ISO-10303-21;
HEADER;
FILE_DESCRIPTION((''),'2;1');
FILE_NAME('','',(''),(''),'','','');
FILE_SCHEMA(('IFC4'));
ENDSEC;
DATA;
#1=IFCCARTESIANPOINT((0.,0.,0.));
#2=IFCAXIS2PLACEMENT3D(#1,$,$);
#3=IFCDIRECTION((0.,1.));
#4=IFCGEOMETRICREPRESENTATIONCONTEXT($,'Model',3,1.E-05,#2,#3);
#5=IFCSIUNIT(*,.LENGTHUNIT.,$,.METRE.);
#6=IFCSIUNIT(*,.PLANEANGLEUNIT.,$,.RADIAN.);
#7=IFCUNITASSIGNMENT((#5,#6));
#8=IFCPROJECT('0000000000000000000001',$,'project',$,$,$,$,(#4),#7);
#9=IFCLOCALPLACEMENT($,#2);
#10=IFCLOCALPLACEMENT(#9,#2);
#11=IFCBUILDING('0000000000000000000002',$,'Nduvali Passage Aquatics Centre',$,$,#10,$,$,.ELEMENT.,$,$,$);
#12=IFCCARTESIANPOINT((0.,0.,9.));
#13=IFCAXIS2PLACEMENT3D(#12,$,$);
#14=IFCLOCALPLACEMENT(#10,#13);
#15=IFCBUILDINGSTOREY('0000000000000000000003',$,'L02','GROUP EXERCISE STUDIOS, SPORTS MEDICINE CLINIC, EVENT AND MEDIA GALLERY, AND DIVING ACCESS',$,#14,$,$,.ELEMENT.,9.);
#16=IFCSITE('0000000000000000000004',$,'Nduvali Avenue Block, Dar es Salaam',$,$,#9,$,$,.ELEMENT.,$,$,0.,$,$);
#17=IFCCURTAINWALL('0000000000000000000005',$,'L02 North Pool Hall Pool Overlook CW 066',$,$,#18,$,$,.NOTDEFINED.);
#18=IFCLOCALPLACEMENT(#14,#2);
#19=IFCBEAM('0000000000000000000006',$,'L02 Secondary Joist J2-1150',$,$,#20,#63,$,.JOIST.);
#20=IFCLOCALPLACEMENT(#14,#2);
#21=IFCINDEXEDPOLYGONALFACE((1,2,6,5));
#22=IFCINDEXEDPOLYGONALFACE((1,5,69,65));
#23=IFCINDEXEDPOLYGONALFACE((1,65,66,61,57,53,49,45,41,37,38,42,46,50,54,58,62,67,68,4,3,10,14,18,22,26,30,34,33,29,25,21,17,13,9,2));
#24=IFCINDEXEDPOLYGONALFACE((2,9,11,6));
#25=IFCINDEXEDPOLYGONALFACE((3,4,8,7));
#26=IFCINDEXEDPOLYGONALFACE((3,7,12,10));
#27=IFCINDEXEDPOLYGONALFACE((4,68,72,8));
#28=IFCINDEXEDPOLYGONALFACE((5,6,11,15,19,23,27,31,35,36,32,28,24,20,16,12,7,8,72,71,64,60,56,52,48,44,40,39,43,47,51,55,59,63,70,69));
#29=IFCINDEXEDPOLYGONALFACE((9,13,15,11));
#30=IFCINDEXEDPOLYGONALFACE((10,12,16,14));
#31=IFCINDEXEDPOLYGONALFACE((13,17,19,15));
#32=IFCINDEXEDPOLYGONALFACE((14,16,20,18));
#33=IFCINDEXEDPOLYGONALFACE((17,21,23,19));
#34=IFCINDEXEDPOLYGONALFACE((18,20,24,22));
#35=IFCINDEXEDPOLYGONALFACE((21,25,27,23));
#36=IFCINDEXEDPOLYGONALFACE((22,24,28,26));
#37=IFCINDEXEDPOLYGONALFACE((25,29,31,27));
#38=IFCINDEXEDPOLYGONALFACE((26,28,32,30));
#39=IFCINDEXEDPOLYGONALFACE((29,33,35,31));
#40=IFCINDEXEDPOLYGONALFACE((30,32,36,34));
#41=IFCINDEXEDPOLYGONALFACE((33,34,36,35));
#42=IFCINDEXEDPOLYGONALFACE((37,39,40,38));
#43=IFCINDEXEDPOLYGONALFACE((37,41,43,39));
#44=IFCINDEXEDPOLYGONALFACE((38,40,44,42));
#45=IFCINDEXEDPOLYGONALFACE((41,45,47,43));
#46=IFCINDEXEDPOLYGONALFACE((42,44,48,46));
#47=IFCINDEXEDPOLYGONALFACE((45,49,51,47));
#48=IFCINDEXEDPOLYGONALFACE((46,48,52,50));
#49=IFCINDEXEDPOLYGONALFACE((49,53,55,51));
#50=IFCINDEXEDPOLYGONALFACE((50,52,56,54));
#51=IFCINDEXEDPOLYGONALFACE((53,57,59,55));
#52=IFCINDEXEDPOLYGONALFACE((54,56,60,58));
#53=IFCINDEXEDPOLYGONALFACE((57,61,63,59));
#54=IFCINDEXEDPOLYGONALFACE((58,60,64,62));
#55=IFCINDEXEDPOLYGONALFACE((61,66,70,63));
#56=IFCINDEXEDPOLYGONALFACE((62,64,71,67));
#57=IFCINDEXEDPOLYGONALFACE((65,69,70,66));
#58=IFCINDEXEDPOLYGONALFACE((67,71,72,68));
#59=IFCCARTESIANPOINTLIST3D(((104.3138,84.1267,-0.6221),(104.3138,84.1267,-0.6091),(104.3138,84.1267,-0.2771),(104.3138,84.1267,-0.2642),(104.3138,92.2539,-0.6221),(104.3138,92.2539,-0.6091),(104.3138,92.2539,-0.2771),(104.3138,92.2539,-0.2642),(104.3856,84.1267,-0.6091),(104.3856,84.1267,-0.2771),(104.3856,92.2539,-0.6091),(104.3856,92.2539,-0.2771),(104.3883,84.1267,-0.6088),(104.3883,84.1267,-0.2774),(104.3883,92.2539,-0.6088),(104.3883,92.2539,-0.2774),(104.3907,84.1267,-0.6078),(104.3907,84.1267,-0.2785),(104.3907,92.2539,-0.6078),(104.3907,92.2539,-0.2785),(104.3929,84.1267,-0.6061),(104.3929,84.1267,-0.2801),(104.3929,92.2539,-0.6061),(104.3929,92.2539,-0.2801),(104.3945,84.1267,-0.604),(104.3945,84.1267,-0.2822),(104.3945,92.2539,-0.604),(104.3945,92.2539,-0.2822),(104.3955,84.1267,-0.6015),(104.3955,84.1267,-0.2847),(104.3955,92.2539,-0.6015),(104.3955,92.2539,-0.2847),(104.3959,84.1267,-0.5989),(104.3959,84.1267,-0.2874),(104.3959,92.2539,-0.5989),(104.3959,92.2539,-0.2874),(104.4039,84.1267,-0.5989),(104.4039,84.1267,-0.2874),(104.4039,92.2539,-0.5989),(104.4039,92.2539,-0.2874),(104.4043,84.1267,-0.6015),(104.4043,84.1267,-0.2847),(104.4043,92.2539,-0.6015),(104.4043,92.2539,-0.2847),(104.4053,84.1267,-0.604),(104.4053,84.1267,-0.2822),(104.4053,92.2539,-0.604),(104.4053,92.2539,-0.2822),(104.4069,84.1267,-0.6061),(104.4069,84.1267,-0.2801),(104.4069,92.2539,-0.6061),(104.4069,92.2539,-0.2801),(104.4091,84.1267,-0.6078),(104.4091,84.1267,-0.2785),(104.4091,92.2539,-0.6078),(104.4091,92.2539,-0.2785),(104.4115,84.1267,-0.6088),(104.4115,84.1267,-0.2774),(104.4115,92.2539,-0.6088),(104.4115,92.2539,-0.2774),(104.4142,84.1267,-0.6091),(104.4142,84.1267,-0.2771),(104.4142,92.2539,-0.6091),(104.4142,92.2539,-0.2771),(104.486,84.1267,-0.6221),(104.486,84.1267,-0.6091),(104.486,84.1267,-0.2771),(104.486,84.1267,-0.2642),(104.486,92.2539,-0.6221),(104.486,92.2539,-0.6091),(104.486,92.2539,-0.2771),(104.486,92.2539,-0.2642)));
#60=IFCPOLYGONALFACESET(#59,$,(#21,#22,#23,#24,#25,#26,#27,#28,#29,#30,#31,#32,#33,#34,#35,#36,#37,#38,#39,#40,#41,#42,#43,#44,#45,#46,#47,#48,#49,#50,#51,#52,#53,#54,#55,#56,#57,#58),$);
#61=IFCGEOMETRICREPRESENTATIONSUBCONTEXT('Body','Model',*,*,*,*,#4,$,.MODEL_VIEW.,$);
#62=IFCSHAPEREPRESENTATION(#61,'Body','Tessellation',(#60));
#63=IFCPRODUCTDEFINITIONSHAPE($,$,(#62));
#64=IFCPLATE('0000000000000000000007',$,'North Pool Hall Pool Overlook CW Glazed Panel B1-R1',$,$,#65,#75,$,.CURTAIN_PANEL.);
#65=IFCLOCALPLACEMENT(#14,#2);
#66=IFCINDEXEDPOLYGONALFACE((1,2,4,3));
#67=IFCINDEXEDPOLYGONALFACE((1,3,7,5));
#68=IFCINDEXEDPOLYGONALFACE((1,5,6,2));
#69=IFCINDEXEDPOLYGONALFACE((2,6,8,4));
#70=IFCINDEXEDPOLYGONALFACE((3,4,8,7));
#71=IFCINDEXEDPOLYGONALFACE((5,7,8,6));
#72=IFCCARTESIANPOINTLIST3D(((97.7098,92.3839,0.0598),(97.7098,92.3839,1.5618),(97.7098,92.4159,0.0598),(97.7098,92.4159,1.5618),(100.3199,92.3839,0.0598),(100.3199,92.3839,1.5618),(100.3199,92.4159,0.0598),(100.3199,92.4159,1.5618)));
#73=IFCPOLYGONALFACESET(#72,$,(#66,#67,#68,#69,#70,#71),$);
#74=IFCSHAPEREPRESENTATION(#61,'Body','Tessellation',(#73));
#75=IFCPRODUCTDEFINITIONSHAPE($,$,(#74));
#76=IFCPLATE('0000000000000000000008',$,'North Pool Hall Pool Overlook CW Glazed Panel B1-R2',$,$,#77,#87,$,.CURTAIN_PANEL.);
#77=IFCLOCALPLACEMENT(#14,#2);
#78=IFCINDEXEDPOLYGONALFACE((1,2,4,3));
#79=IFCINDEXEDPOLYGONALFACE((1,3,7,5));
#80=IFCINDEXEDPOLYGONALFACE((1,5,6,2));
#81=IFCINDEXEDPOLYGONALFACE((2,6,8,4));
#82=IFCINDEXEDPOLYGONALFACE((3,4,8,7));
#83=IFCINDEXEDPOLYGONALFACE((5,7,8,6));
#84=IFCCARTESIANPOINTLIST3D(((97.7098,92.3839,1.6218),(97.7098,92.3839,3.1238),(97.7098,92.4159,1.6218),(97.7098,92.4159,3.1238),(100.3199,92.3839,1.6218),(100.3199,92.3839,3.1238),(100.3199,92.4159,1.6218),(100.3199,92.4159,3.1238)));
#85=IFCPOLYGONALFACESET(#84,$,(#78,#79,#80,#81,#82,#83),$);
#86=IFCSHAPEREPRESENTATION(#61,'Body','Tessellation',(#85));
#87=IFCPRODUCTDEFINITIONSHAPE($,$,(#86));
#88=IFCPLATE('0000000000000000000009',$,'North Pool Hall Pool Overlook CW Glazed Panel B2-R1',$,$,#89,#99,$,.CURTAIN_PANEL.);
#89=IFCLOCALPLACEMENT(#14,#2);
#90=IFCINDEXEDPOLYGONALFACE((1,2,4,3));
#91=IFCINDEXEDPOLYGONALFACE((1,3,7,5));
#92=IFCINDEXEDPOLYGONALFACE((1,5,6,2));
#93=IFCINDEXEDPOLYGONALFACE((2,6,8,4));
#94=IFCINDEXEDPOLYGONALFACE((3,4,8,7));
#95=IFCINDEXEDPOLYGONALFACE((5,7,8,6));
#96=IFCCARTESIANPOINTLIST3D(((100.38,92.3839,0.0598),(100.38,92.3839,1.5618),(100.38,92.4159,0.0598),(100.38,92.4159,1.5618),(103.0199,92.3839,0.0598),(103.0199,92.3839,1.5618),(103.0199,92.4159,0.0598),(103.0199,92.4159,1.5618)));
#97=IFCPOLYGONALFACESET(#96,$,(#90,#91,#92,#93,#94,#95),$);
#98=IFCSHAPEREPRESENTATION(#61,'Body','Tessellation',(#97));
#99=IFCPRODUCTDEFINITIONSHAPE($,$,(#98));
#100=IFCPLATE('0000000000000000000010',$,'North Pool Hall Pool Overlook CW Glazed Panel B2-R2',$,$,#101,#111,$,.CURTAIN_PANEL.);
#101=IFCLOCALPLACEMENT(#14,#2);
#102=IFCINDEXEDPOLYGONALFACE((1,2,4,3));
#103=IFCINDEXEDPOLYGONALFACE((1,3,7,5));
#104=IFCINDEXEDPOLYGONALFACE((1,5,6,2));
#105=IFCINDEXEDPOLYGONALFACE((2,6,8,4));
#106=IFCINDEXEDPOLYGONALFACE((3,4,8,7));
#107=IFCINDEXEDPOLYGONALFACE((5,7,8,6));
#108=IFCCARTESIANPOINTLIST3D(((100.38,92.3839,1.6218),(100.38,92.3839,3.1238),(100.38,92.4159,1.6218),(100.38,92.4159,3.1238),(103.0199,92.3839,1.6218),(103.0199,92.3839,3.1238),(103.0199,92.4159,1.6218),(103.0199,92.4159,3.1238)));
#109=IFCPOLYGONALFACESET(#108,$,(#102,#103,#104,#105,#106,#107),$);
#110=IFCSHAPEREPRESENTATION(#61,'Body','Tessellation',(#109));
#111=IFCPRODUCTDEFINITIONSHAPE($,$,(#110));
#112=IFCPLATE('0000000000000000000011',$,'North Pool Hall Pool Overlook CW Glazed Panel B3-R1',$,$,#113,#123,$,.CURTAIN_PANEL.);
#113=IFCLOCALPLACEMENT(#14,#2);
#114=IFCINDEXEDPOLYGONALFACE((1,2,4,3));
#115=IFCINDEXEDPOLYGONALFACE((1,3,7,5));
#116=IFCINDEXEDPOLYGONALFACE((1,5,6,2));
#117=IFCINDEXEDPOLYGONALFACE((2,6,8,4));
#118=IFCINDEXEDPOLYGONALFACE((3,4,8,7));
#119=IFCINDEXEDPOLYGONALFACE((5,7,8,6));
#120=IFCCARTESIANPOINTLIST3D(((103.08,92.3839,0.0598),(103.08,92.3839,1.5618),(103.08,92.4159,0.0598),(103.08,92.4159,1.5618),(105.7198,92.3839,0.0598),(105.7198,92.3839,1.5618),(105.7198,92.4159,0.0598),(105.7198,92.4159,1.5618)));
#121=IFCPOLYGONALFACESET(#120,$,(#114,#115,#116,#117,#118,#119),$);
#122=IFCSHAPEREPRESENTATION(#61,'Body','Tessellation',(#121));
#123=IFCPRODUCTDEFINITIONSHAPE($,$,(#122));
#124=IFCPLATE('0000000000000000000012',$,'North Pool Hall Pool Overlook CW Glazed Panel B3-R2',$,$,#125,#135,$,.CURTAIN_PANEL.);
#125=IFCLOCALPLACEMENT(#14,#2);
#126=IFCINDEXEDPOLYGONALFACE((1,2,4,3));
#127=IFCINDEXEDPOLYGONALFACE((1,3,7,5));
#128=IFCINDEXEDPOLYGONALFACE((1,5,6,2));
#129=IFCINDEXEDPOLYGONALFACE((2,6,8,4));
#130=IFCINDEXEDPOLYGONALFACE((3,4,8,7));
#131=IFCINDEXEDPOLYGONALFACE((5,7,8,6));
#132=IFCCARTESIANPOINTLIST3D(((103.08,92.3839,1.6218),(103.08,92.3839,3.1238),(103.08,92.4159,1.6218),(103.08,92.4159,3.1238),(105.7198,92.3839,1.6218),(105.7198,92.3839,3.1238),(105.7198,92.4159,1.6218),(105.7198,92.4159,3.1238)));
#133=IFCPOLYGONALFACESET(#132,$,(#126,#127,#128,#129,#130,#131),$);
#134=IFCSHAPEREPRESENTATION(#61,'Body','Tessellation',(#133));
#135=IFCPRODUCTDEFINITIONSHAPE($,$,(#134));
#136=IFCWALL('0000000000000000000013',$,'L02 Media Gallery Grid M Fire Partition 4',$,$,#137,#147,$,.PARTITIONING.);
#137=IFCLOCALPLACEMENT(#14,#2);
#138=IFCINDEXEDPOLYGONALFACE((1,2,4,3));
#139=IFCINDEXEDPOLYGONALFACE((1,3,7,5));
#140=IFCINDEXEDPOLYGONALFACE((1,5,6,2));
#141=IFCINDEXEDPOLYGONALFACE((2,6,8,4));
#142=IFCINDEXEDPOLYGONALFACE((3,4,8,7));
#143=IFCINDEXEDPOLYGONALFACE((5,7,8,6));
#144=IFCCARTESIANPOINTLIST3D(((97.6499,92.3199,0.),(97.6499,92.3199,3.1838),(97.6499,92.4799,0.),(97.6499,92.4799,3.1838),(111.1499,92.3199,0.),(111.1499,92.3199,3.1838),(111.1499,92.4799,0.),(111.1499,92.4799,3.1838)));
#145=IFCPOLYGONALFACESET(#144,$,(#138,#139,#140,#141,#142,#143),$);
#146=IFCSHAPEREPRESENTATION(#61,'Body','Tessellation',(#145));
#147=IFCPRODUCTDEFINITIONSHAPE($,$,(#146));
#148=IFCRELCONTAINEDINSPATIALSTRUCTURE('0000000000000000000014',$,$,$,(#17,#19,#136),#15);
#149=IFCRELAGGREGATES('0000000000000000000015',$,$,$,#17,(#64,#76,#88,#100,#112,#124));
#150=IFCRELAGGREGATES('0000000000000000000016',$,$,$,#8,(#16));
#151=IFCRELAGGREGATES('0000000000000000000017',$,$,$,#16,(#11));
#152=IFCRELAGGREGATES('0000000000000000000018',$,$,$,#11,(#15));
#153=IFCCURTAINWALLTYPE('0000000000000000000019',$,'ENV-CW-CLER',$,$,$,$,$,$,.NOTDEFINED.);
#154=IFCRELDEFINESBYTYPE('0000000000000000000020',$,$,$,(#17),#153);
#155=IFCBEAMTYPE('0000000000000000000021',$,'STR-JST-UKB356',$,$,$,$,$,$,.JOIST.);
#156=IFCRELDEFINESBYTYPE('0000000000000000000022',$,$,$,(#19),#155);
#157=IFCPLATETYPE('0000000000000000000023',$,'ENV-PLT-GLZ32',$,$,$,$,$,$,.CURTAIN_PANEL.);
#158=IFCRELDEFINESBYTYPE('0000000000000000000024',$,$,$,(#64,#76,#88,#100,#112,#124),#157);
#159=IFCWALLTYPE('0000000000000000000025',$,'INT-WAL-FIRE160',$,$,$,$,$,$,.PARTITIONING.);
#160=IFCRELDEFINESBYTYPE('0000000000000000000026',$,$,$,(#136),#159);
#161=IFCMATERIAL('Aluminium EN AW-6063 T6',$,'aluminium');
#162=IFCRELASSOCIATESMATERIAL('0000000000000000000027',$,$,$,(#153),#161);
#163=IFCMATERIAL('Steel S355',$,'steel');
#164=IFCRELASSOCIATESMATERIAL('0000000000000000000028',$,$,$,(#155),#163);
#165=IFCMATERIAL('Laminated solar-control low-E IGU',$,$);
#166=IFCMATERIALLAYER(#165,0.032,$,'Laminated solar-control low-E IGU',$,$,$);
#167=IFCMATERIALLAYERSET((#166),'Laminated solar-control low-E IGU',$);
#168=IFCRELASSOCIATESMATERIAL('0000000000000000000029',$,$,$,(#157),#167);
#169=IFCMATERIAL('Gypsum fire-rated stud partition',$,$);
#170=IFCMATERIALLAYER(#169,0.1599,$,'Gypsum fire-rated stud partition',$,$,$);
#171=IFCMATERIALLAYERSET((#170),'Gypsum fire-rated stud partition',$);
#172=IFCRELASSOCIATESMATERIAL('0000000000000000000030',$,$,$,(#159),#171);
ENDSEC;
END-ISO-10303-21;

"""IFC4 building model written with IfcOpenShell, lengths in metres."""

from ifc_helpers import new_model, si_unit, direction, frame, frame_2d, origin, origin_2d, place, context, subcontext, project, spatial, rectangle, i_section, extrude, material, layer, layer_set, material_profile, profile_set, type_object, element, aggregate, save


model = new_model("IFC4")

# Units and contexts
model_context = context("Model", 3, precision=1e-05, world=origin(), true_north=direction((0.0, 1.0)))
body_context = subcontext(model_context, "Body", "Model", "MODEL_VIEW")
ifc_project = project(units=[si_unit("LENGTHUNIT", "METRE"), si_unit("PLANEANGLEUNIT", "RADIAN")], contexts=[model_context])

# Site, building, storey
site_placement = place(None, origin())
site = spatial("IfcSite", under=ifc_project, at=site_placement, Name="Nduvali Avenue Block, Dar es Salaam", CompositionType="ELEMENT", RefElevation=0.0)
building_placement = place(site_placement, origin())
building = spatial("IfcBuilding", under=site, at=building_placement, Name="Nduvali Passage Aquatics Centre", CompositionType="ELEMENT")
storey_placement = place(building_placement, frame((0.0, 0.0, 9.0)))
storey = spatial("IfcBuildingStorey", under=building, at=storey_placement, Name="L02", Description="GROUP EXERCISE STUDIOS, SPORTS MEDICINE CLINIC, EVENT AND MEDIA GALLERY, AND DIVING ACCESS", CompositionType="ELEMENT", Elevation=9.0)

# Curtain wall
ifc_material_1 = material(Name="Aluminium EN AW-6063 T6", Category="aluminium")
curtain_wall_type = type_object("IfcCurtainWallType", Name="ENV-CW-CLER", PredefinedType="NOTDEFINED", material=ifc_material_1)
curtain_wall_placement = place(storey_placement, origin())
curtain_wall = element("IfcCurtainWall", 1, at=curtain_wall_placement, inside=storey, type_object=curtain_wall_type, Name="L02 North Pool Hall Pool Overlook CW 066", PredefinedType="NOTDEFINED")

# Beam
ifc_material_2 = material(Name="Steel S355", Category="steel")
ifc_material_profile_1 = material_profile(ifc_material_2, i_section(OverallWidth=0.1721, OverallDepth=0.3579, WebThickness=0.0081, FlangeThickness=0.0129, FilletRadius=0.0103, at=origin_2d()), Name="UKB 356x171x57")
ifc_profile_set_1 = profile_set([ifc_material_profile_1], Name="Steel S355")
beam_type_1 = type_object("IfcBeamType", Name="STR-JST-UKB356", PredefinedType="JOIST", material=ifc_profile_set_1)
for number, where, z_axis, x_axis, name in (
    (2, (104.3999, 84.1267, -0.4431), (0.0, 1.0, 0.0), (-1.0, 0.0, 0.0), "L02 Secondary Joist J2-1150"),
):
    element("IfcBeam", number, at=place(storey_placement, frame(where, z_axis=z_axis, x_axis=x_axis)), inside=storey, type_object=beam_type_1, Name=name, PredefinedType="JOIST", context=body_context, shape_type="SweptSolid", body=[
        extrude(i_section(OverallWidth=0.1721, OverallDepth=0.3579, WebThickness=0.0081, FlangeThickness=0.0129, FilletRadius=0.0103, at=origin_2d()), origin(), (0.0, 0.0, 1.0), 8.1272),
    ])

# Plates
ifc_material_3 = material(Name="Laminated solar-control low-E IGU")
ifc_layer_1 = layer(ifc_material_3, 0.032, Name="Laminated solar-control low-E IGU")
ifc_layer_set_1 = layer_set([ifc_layer_1], Name="Laminated solar-control low-E IGU")
plate_type = type_object("IfcPlateType", Name="ENV-PLT-GLZ32", PredefinedType="CURTAIN_PANEL", material=ifc_layer_set_1)
plate_1_placement = place(storey_placement, frame((99.0149, 92.3999, 0.0598), z_axis=(0.0, 0.0, 1.0), x_axis=(1.0, 0.0, 0.0)))
plate_1 = element("IfcPlate", 3, at=plate_1_placement, type_object=plate_type, Name="North Pool Hall Pool Overlook CW Glazed Panel B1-R1", PredefinedType="CURTAIN_PANEL", context=body_context, shape_type="SweptSolid", body=[
    extrude(rectangle(XDim=2.6101, YDim=0.032, at=origin_2d()), origin(), (0.0, 0.0, 1.0), 1.502),
])
plate_2_placement = place(storey_placement, frame((99.0149, 92.3999, 1.6218), z_axis=(0.0, 0.0, 1.0), x_axis=(1.0, 0.0, 0.0)))
plate_2 = element("IfcPlate", 4, at=plate_2_placement, type_object=plate_type, Name="North Pool Hall Pool Overlook CW Glazed Panel B1-R2", PredefinedType="CURTAIN_PANEL", context=body_context, shape_type="SweptSolid", body=[
    extrude(rectangle(XDim=2.6101, YDim=0.032, at=origin_2d()), origin(), (0.0, 0.0, 1.0), 1.502),
])
plate_3_placement = place(storey_placement, frame((101.7, 92.3999, 0.0598), z_axis=(0.0, 0.0, 1.0), x_axis=(1.0, 0.0, 0.0)))
plate_3 = element("IfcPlate", 5, at=plate_3_placement, type_object=plate_type, Name="North Pool Hall Pool Overlook CW Glazed Panel B2-R1", PredefinedType="CURTAIN_PANEL", context=body_context, shape_type="SweptSolid", body=[
    extrude(rectangle(XDim=2.6399, YDim=0.032, at=origin_2d()), origin(), (0.0, 0.0, 1.0), 1.502),
])
plate_4_placement = place(storey_placement, frame((101.7, 92.3999, 1.6218), z_axis=(0.0, 0.0, 1.0), x_axis=(1.0, 0.0, 0.0)))
plate_4 = element("IfcPlate", 6, at=plate_4_placement, type_object=plate_type, Name="North Pool Hall Pool Overlook CW Glazed Panel B2-R2", PredefinedType="CURTAIN_PANEL", context=body_context, shape_type="SweptSolid", body=[
    extrude(rectangle(XDim=2.6399, YDim=0.032, at=origin_2d()), origin(), (0.0, 0.0, 1.0), 1.502),
])
plate_5_placement = place(storey_placement, frame((104.3999, 92.3999, 0.0598), z_axis=(0.0, 0.0, 1.0), x_axis=(1.0, 0.0, 0.0)))
plate_5 = element("IfcPlate", 7, at=plate_5_placement, type_object=plate_type, Name="North Pool Hall Pool Overlook CW Glazed Panel B3-R1", PredefinedType="CURTAIN_PANEL", context=body_context, shape_type="SweptSolid", body=[
    extrude(rectangle(XDim=2.6399, YDim=0.032, at=origin_2d()), origin(), (0.0, 0.0, 1.0), 1.502),
])
plate_6_placement = place(storey_placement, frame((104.3999, 92.3999, 1.6218), z_axis=(0.0, 0.0, 1.0), x_axis=(1.0, 0.0, 0.0)))
plate_6 = element("IfcPlate", 8, at=plate_6_placement, type_object=plate_type, Name="North Pool Hall Pool Overlook CW Glazed Panel B3-R2", PredefinedType="CURTAIN_PANEL", context=body_context, shape_type="SweptSolid", body=[
    extrude(rectangle(XDim=2.6399, YDim=0.032, at=origin_2d()), origin(), (0.0, 0.0, 1.0), 1.502),
])
aggregate(curtain_wall, [plate_1, plate_2, plate_3, plate_4, plate_5, plate_6])

# Wall
ifc_material_4 = material(Name="Gypsum fire-rated stud partition")
ifc_layer_2 = layer(ifc_material_4, 0.1599, Name="Gypsum fire-rated stud partition")
ifc_layer_set_2 = layer_set([ifc_layer_2], Name="Gypsum fire-rated stud partition")
wall_type = type_object("IfcWallType", Name="INT-WAL-FIRE160", PredefinedType="PARTITIONING", material=ifc_layer_set_2)
wall_placement = place(storey_placement, frame((97.6499, 92.3999, 0.0), z_axis=(0.0, 0.0, 1.0), x_axis=(1.0, 0.0, 0.0)))
element("IfcWall", 9, at=wall_placement, inside=storey, type_object=wall_type, Name="L02 Media Gallery Grid M Fire Partition 4", PredefinedType="PARTITIONING", context=body_context, shape_type="SweptSolid", body=[
    extrude(rectangle(XDim=13.5, YDim=0.1599, at=frame_2d((6.75, 0.0))), origin(), (0.0, 0.0, 1.0), 3.1838),
])

save(model, "model.ifc")
